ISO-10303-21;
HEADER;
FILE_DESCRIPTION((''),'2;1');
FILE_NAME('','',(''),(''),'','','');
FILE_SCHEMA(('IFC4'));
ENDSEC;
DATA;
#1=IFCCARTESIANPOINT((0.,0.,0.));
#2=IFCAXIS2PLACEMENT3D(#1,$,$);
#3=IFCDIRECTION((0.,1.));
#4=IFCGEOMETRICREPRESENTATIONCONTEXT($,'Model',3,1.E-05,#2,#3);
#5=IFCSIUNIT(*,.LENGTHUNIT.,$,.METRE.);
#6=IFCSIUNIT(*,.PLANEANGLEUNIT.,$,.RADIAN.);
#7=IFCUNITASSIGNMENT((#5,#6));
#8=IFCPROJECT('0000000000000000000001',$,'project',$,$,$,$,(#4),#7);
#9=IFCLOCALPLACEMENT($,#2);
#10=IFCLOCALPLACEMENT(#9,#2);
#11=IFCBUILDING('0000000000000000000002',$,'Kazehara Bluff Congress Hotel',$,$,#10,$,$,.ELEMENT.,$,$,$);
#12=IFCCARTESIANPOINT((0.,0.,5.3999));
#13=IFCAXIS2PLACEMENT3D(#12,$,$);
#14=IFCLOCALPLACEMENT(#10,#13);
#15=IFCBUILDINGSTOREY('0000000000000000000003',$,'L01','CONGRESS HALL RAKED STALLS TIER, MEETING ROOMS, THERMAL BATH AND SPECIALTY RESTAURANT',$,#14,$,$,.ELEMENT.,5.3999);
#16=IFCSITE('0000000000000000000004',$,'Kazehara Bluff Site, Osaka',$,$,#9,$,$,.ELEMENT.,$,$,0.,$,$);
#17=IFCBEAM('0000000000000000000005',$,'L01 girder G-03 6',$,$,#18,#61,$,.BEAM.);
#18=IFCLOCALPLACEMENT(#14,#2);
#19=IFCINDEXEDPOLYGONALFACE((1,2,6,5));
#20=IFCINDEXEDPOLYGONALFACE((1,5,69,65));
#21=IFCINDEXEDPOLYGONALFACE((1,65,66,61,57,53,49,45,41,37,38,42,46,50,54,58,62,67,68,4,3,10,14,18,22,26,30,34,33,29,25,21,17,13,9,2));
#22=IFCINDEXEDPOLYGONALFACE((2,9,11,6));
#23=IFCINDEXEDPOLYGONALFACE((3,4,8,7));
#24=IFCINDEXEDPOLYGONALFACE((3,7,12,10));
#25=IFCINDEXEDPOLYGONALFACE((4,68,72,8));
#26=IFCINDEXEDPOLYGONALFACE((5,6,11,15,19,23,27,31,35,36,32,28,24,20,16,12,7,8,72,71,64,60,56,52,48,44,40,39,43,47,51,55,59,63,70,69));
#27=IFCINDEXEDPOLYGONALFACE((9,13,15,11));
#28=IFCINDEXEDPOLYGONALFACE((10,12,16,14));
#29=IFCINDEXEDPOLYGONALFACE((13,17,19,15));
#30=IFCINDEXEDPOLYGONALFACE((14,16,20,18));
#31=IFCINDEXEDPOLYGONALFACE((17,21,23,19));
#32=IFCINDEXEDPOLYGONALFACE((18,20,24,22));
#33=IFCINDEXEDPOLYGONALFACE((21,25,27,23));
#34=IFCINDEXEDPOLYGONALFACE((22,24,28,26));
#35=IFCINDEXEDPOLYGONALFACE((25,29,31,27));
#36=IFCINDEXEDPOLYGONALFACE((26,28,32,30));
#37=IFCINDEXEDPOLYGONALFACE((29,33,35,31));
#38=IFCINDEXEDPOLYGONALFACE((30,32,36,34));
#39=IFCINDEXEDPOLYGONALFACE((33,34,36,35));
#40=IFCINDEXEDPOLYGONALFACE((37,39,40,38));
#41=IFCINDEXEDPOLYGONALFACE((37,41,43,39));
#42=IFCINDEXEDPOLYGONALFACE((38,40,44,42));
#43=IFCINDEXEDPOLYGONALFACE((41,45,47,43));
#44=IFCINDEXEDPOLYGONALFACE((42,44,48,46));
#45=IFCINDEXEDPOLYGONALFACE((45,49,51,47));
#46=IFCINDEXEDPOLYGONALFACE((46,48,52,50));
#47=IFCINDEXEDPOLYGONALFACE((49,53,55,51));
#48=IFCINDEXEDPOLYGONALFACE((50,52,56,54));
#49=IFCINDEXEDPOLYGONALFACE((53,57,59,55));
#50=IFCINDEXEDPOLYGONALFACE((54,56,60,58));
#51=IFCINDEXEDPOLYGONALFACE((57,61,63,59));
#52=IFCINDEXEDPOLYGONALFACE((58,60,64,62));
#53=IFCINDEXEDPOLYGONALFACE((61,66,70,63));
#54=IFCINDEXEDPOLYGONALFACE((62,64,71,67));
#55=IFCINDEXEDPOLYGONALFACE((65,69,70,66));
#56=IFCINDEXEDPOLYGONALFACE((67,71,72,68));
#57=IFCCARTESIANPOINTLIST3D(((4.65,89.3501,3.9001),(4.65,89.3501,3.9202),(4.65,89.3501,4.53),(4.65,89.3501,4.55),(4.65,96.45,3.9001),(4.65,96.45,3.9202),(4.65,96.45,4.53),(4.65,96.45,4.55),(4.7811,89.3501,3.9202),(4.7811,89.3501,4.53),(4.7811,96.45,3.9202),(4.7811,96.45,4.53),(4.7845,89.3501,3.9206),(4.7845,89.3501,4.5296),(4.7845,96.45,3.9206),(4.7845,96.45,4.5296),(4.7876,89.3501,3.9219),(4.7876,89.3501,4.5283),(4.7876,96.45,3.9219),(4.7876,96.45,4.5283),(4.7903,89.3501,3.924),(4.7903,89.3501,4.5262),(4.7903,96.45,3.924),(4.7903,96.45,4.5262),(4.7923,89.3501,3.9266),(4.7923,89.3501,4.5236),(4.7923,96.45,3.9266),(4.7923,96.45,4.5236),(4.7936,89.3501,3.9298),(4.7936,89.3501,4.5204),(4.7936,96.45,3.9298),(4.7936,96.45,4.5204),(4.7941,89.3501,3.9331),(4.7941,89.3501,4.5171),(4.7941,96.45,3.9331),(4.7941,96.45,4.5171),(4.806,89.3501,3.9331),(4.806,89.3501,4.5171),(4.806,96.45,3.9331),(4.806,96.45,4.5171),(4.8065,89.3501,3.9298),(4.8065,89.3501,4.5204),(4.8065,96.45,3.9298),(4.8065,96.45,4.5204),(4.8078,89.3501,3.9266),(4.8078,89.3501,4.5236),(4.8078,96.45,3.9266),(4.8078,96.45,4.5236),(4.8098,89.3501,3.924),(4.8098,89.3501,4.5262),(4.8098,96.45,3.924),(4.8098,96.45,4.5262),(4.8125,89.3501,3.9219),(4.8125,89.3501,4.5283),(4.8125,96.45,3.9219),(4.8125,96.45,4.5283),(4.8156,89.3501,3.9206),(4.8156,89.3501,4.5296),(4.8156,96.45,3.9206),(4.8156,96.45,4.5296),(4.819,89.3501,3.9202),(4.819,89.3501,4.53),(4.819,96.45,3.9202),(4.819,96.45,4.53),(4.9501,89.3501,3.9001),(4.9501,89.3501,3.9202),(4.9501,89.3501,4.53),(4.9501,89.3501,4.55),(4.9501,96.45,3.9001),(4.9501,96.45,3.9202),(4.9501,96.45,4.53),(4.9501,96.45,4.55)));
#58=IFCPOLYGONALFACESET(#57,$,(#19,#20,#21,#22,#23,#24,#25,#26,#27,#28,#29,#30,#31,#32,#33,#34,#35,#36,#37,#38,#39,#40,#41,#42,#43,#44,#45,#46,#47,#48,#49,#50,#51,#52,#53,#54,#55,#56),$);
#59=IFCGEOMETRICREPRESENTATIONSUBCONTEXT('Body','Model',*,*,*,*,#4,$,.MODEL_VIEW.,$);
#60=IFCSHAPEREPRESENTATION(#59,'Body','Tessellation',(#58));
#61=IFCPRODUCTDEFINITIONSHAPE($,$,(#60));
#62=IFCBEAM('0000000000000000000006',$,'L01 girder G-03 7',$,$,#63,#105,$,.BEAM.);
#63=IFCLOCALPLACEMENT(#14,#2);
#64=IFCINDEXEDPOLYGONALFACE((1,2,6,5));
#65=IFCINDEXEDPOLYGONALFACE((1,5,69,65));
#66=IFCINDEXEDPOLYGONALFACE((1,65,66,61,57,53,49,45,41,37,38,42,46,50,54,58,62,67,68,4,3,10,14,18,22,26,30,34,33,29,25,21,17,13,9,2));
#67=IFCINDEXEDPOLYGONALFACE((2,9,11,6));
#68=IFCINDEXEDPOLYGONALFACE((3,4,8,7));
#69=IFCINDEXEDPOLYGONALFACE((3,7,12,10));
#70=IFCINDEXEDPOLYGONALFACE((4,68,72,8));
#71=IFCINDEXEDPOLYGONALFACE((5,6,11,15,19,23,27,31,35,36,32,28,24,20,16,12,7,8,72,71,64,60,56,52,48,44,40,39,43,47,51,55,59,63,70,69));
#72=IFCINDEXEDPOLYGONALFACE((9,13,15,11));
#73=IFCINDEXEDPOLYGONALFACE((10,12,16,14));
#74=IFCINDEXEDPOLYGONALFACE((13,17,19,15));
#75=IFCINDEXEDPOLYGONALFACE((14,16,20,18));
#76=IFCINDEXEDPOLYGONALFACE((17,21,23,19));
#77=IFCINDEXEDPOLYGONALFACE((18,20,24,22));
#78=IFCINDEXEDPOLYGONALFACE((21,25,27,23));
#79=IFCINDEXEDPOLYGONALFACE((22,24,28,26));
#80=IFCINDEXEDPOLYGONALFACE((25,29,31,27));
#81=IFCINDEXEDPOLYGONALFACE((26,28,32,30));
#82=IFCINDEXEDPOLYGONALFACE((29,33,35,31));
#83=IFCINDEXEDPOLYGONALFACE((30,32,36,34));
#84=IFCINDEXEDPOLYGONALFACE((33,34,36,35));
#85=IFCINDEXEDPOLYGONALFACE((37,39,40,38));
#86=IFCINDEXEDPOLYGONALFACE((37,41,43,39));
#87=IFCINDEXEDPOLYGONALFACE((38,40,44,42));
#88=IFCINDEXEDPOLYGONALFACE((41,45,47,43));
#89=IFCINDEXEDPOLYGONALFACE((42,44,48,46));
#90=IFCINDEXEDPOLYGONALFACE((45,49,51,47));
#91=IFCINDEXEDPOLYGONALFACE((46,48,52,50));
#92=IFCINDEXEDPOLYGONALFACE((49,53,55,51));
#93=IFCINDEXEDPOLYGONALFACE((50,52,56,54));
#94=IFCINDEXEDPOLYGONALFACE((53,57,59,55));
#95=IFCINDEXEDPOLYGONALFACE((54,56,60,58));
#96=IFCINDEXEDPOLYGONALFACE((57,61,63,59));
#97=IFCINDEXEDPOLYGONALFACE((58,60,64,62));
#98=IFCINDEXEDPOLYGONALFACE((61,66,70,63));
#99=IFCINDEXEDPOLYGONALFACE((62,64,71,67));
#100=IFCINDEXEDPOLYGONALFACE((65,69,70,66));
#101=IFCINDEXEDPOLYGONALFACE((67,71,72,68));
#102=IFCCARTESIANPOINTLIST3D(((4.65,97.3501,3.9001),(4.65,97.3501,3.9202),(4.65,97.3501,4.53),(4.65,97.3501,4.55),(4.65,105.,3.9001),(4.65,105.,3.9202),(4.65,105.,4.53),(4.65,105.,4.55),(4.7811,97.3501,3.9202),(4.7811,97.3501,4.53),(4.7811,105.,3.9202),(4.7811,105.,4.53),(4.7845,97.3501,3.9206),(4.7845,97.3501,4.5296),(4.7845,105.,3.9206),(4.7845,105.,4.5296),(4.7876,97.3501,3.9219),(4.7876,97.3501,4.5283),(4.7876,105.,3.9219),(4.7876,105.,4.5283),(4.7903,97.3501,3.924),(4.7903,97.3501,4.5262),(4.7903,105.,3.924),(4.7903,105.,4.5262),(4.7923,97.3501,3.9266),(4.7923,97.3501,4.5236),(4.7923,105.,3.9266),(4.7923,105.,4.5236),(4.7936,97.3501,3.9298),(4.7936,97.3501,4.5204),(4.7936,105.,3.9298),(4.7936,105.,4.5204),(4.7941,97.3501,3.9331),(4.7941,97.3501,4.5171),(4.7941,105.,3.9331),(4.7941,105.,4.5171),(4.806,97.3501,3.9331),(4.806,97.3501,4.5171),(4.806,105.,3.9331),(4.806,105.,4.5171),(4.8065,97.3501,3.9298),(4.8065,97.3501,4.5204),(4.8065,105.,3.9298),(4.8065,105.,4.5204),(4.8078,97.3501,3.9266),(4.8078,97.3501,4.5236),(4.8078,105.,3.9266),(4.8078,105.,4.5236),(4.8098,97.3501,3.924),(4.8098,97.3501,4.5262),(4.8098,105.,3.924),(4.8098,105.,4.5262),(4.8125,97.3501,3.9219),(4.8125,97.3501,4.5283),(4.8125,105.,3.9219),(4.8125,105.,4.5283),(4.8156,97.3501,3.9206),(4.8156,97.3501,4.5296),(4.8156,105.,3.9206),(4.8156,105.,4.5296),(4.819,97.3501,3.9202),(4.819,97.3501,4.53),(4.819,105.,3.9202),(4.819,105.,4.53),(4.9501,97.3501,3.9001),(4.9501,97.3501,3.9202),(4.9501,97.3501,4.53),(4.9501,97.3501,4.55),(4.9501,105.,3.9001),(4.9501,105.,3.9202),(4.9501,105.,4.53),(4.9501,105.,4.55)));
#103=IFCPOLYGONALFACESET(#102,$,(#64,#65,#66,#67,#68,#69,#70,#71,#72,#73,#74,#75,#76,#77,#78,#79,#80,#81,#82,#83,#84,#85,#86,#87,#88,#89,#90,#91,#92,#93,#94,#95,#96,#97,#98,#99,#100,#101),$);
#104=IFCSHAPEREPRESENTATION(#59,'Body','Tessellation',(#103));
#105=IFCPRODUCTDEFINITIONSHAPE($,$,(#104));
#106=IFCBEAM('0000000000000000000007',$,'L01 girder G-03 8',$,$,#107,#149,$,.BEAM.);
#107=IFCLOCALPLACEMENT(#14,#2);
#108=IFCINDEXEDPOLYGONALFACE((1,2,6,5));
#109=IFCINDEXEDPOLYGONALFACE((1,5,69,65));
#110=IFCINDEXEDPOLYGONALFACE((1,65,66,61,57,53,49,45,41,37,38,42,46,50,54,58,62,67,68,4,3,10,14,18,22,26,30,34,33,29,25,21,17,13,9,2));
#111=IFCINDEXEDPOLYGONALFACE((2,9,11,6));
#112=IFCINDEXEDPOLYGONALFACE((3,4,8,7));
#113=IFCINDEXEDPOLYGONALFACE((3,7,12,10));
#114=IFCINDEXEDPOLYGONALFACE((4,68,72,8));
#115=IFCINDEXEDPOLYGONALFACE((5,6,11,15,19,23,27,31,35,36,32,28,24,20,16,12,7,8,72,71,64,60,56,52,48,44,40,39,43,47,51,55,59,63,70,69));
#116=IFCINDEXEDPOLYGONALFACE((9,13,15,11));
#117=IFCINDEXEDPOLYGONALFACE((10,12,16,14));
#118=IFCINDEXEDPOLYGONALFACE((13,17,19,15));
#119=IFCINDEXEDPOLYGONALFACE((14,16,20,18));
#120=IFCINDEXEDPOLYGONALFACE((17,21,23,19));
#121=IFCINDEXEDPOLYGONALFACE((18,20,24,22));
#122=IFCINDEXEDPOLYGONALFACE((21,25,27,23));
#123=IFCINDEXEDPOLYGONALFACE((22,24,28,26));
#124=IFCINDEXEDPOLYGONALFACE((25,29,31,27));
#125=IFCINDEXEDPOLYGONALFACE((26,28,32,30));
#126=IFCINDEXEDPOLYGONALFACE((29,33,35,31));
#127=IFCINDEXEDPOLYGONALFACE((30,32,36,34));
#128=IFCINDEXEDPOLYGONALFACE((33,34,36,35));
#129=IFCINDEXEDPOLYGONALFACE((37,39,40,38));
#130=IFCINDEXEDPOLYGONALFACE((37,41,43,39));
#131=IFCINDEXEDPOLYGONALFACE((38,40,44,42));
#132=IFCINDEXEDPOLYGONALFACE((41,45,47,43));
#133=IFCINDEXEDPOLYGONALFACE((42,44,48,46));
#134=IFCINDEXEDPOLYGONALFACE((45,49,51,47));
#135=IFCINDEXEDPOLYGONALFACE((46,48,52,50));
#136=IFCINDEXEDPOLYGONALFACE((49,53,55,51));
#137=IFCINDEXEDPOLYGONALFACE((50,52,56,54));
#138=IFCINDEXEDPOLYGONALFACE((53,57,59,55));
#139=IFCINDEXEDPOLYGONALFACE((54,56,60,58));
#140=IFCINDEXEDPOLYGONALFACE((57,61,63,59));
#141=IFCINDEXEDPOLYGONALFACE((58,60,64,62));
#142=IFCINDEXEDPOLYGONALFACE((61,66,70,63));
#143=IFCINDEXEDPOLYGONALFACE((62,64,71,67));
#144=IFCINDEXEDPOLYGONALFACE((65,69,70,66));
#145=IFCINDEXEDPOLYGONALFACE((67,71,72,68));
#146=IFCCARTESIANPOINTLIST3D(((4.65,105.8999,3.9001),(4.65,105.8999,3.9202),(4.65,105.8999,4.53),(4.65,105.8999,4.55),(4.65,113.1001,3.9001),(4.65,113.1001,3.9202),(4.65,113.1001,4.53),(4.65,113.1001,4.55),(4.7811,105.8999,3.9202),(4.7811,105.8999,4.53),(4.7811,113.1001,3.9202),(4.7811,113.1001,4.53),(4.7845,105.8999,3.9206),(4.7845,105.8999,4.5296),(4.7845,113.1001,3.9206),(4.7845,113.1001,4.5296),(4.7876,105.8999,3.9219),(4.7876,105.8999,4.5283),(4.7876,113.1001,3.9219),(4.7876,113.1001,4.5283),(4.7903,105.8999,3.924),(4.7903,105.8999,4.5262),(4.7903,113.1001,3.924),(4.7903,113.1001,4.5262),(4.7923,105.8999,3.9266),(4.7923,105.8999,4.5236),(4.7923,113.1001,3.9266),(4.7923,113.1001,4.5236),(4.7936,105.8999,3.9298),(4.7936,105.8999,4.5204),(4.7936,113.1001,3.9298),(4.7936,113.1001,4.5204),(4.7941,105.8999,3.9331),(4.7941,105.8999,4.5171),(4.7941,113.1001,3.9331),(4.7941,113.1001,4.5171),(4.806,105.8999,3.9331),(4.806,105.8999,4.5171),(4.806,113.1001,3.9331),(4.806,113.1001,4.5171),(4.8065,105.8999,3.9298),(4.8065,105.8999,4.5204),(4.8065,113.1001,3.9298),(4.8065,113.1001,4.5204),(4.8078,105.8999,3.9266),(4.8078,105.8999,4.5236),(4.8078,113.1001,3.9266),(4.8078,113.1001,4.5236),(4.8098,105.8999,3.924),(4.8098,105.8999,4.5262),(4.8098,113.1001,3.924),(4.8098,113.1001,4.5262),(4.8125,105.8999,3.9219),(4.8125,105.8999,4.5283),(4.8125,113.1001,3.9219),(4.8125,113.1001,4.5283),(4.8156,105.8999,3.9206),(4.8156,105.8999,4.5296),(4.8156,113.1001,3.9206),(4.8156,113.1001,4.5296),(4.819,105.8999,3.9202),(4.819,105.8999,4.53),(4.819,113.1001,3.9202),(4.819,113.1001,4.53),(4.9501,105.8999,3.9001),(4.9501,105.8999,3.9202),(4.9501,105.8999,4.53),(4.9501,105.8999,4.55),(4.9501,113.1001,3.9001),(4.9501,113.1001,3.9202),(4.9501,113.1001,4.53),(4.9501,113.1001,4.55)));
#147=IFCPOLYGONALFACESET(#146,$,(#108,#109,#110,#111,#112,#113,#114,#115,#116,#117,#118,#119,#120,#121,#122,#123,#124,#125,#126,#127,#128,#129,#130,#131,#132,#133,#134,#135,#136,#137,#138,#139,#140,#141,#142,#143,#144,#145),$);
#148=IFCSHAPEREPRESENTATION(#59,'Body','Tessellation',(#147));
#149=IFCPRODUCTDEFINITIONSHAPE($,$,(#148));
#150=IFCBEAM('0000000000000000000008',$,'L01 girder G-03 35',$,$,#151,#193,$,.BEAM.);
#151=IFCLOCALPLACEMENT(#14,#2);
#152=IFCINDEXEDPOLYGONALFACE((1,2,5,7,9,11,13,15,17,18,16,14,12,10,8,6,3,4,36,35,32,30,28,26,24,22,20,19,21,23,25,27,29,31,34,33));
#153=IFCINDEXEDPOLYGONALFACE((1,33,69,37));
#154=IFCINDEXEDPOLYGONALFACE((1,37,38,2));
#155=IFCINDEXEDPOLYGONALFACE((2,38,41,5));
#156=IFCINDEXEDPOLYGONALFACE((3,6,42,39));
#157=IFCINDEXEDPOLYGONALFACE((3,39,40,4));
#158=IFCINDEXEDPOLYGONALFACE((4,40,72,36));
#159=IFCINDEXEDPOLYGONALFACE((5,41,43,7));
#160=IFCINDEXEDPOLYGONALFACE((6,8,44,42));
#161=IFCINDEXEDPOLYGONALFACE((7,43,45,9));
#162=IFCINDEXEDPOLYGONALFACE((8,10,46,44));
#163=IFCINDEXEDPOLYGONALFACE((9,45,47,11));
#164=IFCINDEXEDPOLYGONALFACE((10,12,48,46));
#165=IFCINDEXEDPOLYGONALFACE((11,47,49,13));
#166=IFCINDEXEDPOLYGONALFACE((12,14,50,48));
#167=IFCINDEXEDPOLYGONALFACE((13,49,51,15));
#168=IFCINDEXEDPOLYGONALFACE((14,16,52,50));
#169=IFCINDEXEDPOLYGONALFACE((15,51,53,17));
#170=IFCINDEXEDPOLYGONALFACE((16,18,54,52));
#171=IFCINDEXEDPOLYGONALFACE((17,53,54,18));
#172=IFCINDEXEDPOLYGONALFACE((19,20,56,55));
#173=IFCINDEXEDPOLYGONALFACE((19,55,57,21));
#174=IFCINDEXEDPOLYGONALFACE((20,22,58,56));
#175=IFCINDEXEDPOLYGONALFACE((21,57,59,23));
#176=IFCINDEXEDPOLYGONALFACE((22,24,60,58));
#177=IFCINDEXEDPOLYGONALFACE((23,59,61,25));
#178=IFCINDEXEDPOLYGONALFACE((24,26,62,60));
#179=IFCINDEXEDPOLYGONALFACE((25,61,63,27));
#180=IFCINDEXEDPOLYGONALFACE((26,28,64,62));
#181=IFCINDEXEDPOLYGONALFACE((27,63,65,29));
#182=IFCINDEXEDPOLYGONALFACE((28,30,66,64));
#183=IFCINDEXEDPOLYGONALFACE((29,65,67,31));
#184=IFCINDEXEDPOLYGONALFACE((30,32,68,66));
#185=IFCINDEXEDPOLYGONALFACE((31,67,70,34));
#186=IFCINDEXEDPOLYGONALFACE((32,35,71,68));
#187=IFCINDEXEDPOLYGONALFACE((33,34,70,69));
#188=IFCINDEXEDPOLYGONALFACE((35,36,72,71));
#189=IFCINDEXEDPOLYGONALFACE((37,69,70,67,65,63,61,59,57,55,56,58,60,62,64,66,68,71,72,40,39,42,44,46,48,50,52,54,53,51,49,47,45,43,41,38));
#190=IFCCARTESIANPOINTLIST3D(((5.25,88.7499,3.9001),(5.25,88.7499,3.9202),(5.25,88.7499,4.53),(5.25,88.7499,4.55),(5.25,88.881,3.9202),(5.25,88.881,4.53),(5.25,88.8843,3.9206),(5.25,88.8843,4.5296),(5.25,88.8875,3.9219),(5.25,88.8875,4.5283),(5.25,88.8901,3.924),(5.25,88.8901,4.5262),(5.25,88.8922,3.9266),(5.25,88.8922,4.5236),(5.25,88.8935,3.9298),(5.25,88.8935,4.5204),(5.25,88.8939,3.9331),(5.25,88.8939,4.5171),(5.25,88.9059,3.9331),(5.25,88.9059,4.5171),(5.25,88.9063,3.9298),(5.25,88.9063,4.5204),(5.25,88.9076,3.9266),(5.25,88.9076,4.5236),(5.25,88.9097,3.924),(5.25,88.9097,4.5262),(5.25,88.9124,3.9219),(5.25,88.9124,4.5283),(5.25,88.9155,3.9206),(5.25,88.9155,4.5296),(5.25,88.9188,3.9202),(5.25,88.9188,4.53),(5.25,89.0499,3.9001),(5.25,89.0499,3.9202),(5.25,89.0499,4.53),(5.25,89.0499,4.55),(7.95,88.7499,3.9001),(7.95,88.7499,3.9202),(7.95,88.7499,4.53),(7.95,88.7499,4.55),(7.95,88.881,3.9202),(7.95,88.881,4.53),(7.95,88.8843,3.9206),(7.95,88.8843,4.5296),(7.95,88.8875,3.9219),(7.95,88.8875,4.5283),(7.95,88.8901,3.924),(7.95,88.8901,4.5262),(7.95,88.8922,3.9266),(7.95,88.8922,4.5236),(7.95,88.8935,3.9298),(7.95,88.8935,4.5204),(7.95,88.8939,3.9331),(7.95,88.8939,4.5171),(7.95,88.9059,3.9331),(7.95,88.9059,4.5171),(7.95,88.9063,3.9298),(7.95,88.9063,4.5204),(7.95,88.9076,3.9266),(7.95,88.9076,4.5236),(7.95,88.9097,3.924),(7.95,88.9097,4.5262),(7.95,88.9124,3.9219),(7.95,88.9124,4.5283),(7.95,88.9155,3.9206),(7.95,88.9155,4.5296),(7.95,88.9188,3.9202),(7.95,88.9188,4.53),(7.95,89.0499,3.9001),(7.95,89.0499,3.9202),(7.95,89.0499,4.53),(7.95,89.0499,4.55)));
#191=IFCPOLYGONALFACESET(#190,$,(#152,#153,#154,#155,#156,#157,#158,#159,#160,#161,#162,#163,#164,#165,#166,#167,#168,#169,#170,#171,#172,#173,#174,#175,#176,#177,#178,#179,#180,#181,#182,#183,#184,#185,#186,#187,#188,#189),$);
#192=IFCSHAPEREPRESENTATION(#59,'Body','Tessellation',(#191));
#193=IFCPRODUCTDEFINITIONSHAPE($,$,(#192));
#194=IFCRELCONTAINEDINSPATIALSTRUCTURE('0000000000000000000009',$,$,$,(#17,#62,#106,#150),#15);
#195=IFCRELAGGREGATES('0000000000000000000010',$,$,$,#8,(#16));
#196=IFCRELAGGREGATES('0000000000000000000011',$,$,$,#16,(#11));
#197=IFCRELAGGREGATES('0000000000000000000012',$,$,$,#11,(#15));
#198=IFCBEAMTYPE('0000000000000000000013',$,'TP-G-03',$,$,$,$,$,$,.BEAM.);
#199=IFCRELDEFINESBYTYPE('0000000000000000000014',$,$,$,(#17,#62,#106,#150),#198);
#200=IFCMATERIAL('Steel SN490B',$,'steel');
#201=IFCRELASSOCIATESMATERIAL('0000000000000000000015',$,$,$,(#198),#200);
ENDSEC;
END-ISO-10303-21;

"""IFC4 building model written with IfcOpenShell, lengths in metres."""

from ifc_helpers import new_model, si_unit, direction, frame, origin, origin_2d, place, context, subcontext, project, spatial, i_section, extrude, material, material_profile, profile_set, type_object, element, save


model = new_model("IFC4")

# Units and contexts
model_context = context("Model", 3, precision=1e-05, world=origin(), true_north=direction((0.0, 1.0)))
body_context = subcontext(model_context, "Body", "Model", "MODEL_VIEW")
ifc_project = project(units=[si_unit("LENGTHUNIT", "METRE"), si_unit("PLANEANGLEUNIT", "RADIAN")], contexts=[model_context])

# Site, building, storey
site_placement = place(None, origin())
site = spatial("IfcSite", under=ifc_project, at=site_placement, Name="Kazehara Bluff Site, Osaka", CompositionType="ELEMENT", RefElevation=0.0)
building_placement = place(site_placement, origin())
building = spatial("IfcBuilding", under=site, at=building_placement, Name="Kazehara Bluff Congress Hotel", CompositionType="ELEMENT")
storey_placement = place(building_placement, frame((0.0, 0.0, 5.3999)))
storey = spatial("IfcBuildingStorey", under=building, at=storey_placement, Name="L01", Description="CONGRESS HALL RAKED STALLS TIER, MEETING ROOMS, THERMAL BATH AND SPECIALTY RESTAURANT", CompositionType="ELEMENT", Elevation=5.3999)

# Beams
ifc_material_1 = material(Name="Steel SN490B", Category="steel")
ifc_material_profile_1 = material_profile(ifc_material_1, i_section(OverallWidth=0.3, OverallDepth=0.6499, WebThickness=0.012, FlangeThickness=0.02, FilletRadius=0.0129, at=origin_2d()))
ifc_profile_set_1 = profile_set([ifc_material_profile_1], Name="Steel SN490B")
beam_type_1 = type_object("IfcBeamType", Name="TP-G-03", PredefinedType="BEAM", material=ifc_profile_set_1)
for number, where, z_axis, x_axis, name in (
    (1, (4.8, 89.3501, 4.2251), (0.0, 1.0, 0.0), (-1.0, 0.0, 0.0), "L01 girder G-03 6"),
):
    element("IfcBeam", number, at=place(storey_placement, frame(where, z_axis=z_axis, x_axis=x_axis)), inside=storey, type_object=beam_type_1, Name=name, PredefinedType="BEAM", context=body_context, shape_type="SweptSolid", body=[
        extrude(i_section(OverallWidth=0.3, OverallDepth=0.6499, WebThickness=0.012, FlangeThickness=0.02, FilletRadius=0.0129, at=origin_2d()), origin(), (0.0, 0.0, 1.0), 7.0999),
    ])
beam_1_placement = place(storey_placement, frame((4.8, 97.3501, 4.2251), z_axis=(0.0, 1.0, 0.0), x_axis=(-1.0, 0.0, 0.0)))
element("IfcBeam", 2, at=beam_1_placement, inside=storey, type_object=beam_type_1, Name="L01 girder G-03 7", PredefinedType="BEAM", context=body_context, shape_type="SweptSolid", body=[
    extrude(i_section(OverallWidth=0.3, OverallDepth=0.6499, WebThickness=0.012, FlangeThickness=0.02, FilletRadius=0.0129, at=origin_2d()), origin(), (0.0, 0.0, 1.0), 7.6499),
])
beam_2_placement = place(storey_placement, frame((4.8, 105.8999, 4.2251), z_axis=(0.0, 1.0, 0.0), x_axis=(-1.0, 0.0, 0.0)))
element("IfcBeam", 3, at=beam_2_placement, inside=storey, type_object=beam_type_1, Name="L01 girder G-03 8", PredefinedType="BEAM", context=body_context, shape_type="SweptSolid", body=[
    extrude(i_section(OverallWidth=0.3, OverallDepth=0.6499, WebThickness=0.012, FlangeThickness=0.02, FilletRadius=0.0129, at=origin_2d()), origin(), (0.0, 0.0, 1.0), 7.2002),
])
for number, where, z_axis, x_axis, name in (
    (4, (5.25, 88.8999, 4.2251), (1.0, 0.0, 0.0), (0.0, 1.0, 0.0), "L01 girder G-03 35"),
):
    element("IfcBeam", number, at=place(storey_placement, frame(where, z_axis=z_axis, x_axis=x_axis)), inside=storey, type_object=beam_type_1, Name=name, PredefinedType="BEAM", context=body_context, shape_type="SweptSolid", body=[
        extrude(i_section(OverallWidth=0.3, OverallDepth=0.6499, WebThickness=0.012, FlangeThickness=0.02, FilletRadius=0.0129, at=origin_2d()), origin(), (0.0, 0.0, 1.0), 2.7),
    ])

save(model, "model.ifc")
